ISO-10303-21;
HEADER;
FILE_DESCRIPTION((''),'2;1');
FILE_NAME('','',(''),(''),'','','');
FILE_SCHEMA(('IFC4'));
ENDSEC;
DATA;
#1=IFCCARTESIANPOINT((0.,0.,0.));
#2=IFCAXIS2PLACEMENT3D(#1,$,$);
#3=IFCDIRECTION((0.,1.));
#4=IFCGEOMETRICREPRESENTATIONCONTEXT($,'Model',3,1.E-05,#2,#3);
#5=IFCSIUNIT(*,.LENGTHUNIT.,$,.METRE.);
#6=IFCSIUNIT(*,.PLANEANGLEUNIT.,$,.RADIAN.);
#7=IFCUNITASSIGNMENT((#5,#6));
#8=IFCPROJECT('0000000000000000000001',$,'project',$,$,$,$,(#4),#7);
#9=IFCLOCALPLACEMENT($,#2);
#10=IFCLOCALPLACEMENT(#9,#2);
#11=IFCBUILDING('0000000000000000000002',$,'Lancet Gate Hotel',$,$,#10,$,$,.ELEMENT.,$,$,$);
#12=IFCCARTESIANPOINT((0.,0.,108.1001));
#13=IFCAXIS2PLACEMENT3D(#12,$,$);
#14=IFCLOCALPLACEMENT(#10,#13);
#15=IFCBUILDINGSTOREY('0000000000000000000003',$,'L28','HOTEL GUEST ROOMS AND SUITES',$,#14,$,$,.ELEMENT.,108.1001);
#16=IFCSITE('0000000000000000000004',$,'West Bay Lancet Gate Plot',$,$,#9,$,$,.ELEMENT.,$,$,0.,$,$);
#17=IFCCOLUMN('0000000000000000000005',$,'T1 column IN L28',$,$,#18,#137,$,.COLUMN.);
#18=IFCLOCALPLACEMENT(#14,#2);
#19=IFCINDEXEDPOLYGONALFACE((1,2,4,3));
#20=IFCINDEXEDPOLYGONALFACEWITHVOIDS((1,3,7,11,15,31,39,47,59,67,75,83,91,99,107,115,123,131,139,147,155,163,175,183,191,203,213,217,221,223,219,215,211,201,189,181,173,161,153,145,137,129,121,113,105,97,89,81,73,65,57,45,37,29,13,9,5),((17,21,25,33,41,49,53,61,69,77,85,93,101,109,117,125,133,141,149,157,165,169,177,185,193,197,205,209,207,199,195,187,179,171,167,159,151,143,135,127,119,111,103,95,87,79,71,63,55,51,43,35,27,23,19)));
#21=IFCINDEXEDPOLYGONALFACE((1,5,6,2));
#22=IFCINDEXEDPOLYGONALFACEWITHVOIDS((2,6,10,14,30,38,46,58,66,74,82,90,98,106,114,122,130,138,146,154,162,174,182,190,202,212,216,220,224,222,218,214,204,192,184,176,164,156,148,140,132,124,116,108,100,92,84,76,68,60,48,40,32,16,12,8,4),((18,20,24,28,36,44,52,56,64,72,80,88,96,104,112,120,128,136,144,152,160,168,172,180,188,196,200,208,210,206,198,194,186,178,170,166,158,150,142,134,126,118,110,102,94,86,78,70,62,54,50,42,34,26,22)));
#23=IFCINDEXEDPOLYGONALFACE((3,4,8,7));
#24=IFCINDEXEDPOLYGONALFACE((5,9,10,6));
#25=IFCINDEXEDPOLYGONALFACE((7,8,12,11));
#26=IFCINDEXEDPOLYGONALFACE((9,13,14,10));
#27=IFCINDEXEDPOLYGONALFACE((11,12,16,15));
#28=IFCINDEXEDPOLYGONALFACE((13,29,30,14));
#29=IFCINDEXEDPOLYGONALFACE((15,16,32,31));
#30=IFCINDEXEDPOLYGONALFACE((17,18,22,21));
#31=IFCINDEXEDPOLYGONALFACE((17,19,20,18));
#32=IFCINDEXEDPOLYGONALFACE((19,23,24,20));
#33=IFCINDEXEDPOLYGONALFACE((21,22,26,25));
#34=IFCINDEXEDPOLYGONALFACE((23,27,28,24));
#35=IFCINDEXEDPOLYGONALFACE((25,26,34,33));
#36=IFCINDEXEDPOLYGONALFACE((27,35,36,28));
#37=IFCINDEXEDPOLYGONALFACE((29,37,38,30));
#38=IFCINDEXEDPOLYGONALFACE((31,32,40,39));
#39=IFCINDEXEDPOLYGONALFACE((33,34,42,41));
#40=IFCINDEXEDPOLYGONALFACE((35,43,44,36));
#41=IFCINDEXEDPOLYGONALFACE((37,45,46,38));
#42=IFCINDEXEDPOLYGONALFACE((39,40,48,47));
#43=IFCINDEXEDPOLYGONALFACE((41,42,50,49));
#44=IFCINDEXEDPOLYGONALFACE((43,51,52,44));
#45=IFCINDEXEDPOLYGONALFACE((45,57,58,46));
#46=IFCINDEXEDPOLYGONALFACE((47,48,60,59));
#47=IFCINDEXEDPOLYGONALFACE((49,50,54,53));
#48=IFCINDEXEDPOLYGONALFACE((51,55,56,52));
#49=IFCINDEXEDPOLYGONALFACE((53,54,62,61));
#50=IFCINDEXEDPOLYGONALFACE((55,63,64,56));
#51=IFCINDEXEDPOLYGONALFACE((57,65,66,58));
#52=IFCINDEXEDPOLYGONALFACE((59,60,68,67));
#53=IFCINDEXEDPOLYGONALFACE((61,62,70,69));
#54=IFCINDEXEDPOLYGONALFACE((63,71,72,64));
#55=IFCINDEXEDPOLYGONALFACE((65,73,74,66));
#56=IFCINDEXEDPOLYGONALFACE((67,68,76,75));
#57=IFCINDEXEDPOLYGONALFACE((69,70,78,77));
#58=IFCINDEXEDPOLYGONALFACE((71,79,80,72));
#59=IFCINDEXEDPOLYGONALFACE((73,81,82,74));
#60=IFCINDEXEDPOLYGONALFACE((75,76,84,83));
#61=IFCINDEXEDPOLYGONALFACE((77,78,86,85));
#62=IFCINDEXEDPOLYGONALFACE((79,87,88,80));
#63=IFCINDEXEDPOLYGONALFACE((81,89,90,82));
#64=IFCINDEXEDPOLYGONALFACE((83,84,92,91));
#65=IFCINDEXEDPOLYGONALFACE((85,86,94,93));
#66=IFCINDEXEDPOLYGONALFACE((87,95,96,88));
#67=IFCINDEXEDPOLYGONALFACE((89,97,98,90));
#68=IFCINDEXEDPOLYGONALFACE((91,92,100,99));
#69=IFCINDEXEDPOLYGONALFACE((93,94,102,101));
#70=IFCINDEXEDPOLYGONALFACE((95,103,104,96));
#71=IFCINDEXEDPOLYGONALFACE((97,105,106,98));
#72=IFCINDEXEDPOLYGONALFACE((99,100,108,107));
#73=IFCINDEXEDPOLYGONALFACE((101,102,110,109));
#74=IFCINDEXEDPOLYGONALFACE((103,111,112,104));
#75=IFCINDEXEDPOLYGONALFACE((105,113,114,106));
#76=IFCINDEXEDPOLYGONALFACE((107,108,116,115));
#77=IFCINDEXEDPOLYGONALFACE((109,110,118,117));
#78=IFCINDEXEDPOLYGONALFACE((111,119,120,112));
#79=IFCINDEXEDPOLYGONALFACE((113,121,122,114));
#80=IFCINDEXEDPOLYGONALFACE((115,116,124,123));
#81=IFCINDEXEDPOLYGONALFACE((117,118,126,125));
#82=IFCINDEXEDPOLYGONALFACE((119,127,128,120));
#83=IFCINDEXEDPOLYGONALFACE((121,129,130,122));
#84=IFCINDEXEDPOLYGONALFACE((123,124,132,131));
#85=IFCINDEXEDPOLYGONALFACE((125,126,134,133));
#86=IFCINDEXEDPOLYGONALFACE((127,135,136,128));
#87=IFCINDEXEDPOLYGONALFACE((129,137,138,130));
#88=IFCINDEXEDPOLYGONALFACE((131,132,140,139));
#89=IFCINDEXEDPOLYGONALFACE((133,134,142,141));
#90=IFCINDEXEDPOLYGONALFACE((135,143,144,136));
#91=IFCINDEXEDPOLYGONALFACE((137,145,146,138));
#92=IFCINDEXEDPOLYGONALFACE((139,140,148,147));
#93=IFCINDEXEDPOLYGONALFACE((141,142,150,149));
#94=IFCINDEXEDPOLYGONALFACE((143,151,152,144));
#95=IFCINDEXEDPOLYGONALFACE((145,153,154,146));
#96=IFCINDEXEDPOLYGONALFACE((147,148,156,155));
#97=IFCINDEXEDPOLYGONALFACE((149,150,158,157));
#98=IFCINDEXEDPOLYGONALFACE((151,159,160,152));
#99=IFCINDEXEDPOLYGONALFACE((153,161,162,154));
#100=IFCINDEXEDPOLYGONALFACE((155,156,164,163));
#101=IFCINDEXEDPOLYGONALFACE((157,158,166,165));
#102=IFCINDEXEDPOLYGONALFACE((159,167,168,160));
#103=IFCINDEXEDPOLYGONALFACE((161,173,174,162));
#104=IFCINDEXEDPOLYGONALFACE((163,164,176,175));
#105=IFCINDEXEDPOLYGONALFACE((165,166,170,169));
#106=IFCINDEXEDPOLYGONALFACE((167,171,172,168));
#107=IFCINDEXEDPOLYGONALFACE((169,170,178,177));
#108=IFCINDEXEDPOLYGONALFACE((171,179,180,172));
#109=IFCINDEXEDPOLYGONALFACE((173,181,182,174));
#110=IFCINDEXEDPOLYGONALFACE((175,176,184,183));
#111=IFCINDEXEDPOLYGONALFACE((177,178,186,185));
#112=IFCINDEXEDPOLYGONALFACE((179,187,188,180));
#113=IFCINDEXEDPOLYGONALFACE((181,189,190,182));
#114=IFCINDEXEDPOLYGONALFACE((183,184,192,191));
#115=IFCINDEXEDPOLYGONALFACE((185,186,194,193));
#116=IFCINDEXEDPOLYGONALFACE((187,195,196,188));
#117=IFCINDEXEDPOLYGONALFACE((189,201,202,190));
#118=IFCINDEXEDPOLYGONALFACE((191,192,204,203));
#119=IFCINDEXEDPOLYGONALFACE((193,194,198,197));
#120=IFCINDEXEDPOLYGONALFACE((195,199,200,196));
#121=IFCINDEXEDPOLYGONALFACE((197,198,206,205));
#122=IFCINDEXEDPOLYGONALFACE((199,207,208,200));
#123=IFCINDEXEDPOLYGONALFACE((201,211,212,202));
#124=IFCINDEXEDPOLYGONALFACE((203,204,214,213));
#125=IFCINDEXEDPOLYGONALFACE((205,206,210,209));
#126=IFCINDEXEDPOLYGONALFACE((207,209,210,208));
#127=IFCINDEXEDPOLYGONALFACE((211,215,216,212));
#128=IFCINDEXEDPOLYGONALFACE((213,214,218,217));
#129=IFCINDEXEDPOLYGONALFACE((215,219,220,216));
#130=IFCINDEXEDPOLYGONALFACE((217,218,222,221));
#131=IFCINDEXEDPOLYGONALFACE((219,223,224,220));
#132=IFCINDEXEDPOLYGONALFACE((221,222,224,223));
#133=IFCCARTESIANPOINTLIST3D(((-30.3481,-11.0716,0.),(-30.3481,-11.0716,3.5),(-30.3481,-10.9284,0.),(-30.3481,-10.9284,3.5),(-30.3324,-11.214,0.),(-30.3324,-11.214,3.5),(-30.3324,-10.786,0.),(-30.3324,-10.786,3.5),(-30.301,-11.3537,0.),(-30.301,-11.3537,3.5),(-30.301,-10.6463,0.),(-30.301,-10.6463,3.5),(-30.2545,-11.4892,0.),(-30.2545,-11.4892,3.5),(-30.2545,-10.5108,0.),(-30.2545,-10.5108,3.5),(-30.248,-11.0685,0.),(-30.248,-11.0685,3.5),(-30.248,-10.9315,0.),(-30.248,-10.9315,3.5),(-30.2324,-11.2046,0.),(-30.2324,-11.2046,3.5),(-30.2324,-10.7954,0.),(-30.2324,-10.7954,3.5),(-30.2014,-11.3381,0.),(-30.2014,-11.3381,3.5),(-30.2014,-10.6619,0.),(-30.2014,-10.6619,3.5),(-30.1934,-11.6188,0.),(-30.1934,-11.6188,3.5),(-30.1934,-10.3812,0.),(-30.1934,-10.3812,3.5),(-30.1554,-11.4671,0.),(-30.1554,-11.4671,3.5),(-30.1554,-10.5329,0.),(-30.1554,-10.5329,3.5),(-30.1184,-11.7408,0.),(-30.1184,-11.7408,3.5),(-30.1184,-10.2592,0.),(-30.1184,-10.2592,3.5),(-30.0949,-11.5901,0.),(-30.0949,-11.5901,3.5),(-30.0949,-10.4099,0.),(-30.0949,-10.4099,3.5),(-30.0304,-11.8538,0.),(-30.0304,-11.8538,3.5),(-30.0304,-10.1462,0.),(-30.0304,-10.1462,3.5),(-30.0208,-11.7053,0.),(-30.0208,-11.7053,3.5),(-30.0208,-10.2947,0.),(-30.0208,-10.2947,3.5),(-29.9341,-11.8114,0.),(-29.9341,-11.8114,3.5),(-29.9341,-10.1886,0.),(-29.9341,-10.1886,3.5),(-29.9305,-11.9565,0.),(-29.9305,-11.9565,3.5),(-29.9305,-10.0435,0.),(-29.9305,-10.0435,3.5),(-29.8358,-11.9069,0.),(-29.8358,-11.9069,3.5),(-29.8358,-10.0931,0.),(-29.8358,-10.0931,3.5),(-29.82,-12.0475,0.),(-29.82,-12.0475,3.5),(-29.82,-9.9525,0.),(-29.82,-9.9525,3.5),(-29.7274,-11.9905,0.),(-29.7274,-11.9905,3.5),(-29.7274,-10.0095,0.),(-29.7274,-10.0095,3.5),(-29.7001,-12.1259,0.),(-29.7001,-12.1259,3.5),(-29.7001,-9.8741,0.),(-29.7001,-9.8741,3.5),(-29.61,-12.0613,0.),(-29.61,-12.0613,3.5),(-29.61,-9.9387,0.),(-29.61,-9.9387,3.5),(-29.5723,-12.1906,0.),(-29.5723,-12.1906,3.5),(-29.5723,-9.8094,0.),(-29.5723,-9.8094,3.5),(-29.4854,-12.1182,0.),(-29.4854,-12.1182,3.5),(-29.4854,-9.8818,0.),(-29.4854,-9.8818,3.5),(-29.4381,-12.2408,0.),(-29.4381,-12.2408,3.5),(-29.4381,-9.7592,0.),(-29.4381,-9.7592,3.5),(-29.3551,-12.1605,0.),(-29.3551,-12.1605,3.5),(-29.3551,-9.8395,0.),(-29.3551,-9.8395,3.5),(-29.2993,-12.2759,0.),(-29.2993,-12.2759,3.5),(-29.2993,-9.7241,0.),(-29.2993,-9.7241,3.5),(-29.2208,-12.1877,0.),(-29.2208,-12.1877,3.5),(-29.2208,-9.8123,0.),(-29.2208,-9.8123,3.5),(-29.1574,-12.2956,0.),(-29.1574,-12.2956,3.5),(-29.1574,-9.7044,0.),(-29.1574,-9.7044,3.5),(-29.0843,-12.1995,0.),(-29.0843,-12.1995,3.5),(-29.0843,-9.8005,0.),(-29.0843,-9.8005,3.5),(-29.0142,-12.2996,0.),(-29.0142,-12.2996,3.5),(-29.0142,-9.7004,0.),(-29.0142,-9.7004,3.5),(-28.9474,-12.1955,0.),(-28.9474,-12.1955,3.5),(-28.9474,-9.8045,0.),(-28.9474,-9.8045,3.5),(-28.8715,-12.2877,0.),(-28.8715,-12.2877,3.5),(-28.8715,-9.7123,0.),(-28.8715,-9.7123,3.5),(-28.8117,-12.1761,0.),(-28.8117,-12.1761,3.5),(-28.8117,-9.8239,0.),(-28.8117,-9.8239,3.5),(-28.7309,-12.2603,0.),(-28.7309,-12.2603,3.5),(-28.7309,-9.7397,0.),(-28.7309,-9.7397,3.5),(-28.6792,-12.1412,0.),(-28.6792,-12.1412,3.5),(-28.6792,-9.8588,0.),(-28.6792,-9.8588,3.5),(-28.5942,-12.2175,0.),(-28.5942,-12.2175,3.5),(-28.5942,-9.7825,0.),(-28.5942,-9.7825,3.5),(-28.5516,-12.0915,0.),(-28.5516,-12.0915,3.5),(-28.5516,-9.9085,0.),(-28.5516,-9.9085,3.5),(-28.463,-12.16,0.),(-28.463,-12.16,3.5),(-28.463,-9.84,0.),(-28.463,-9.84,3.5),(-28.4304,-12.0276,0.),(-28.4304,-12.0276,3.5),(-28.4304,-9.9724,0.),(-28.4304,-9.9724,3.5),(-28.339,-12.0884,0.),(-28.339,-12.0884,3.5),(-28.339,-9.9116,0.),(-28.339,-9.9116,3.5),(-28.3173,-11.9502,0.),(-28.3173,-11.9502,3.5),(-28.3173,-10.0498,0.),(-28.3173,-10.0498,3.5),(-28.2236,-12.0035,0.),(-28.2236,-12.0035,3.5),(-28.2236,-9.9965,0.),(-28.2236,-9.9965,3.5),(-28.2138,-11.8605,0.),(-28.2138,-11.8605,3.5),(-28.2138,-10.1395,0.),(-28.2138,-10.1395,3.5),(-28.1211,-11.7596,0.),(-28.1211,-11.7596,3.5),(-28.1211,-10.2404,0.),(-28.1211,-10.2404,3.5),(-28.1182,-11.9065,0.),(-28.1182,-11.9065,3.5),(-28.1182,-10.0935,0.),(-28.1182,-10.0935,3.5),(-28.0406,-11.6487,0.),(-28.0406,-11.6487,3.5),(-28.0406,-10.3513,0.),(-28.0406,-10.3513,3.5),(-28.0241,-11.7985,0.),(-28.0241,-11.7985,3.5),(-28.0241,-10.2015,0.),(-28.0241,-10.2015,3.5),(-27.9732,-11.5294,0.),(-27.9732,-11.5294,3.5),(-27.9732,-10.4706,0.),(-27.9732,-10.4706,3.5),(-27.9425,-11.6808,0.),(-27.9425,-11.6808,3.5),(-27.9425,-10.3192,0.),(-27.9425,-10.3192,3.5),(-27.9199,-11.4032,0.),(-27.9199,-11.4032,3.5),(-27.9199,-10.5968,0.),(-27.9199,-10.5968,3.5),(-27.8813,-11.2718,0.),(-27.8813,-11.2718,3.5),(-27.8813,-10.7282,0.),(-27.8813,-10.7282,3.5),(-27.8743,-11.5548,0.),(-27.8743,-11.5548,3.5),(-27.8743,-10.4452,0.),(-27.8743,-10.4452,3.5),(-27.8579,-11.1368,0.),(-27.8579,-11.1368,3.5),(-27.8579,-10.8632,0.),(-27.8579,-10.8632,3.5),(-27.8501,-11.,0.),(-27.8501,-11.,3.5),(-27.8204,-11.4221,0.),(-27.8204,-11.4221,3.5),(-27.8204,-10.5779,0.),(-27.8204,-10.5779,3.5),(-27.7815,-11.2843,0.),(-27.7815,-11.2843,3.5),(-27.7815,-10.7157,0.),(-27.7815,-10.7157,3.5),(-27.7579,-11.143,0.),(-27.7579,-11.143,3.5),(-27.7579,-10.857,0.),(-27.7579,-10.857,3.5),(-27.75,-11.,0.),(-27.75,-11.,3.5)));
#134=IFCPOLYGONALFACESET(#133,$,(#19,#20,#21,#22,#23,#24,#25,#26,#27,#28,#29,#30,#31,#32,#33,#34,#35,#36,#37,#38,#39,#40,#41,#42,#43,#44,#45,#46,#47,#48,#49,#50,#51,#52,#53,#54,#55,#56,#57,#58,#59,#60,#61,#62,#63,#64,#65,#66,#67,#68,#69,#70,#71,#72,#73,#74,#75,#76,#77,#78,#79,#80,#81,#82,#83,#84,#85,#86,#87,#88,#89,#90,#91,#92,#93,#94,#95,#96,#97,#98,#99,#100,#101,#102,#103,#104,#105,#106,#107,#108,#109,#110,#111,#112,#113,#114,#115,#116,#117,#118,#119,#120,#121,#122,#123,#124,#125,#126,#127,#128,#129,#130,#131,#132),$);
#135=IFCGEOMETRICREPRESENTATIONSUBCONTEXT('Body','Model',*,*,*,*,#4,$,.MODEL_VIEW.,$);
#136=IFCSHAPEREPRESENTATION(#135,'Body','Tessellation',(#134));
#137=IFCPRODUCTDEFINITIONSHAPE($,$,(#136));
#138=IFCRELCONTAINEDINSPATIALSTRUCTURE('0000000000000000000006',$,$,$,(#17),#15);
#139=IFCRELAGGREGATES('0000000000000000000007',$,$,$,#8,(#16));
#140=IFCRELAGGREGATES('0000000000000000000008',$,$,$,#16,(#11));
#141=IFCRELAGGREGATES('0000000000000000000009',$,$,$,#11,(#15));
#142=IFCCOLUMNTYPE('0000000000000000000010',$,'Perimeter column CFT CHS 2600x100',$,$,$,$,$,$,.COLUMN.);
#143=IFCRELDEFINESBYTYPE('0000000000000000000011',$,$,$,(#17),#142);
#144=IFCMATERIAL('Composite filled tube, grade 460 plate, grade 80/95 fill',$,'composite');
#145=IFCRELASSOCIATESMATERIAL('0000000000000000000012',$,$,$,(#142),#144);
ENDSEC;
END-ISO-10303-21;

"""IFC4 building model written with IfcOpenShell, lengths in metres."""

from ifc_helpers import new_model, si_unit, direction, frame, origin, origin_2d, place, context, subcontext, project, spatial, hollow_circle, extrude, material, material_profile, profile_set, type_object, element, save


model = new_model("IFC4")

# Units and contexts
model_context = context("Model", 3, precision=1e-05, world=origin(), true_north=direction((0.0, 1.0)))
body_context = subcontext(model_context, "Body", "Model", "MODEL_VIEW")
ifc_project = project(units=[si_unit("LENGTHUNIT", "METRE"), si_unit("PLANEANGLEUNIT", "RADIAN")], contexts=[model_context])

# Site, building, storey
site_placement = place(None, origin())
site = spatial("IfcSite", under=ifc_project, at=site_placement, Name="West Bay Lancet Gate Plot", CompositionType="ELEMENT", RefElevation=0.0)
building_placement = place(site_placement, origin())
building = spatial("IfcBuilding", under=site, at=building_placement, Name="Lancet Gate Hotel", CompositionType="ELEMENT")
storey_placement = place(building_placement, frame((0.0, 0.0, 108.1001)))
storey = spatial("IfcBuildingStorey", under=building, at=storey_placement, Name="L28", Description="HOTEL GUEST ROOMS AND SUITES", CompositionType="ELEMENT", Elevation=108.1001)

# Column
ifc_material_1 = material(Name="Composite filled tube, grade 460 plate, grade 80/95 fill", Category="composite")
ifc_material_profile_1 = material_profile(ifc_material_1, hollow_circle(Radius=1.3, WallThickness=0.1001, at=origin_2d()), Name="CHS 2600x100")
ifc_profile_set_1 = profile_set([ifc_material_profile_1], Name="Composite filled tube, grade 460 plate, grade 80/95 fill")
column_type = type_object("IfcColumnType", Name="Perimeter column CFT CHS 2600x100", PredefinedType="COLUMN", material=ifc_profile_set_1)
for number, where, z_axis, x_axis, name in (
    (1, (-29.05, -11.0, 0.0), (0.0, 0.0, 1.0), (1.0, 0.0, 0.0), "T1 column IN L28"),
):
    element("IfcColumn", number, at=place(storey_placement, frame(where, z_axis=z_axis, x_axis=x_axis)), inside=storey, type_object=column_type, Name=name, PredefinedType="COLUMN", context=body_context, shape_type="SweptSolid", body=[
        extrude(hollow_circle(Radius=1.3, WallThickness=0.1001, at=origin_2d()), origin(), (0.0, 0.0, 1.0), 3.5),
    ])

save(model, "model.ifc")
